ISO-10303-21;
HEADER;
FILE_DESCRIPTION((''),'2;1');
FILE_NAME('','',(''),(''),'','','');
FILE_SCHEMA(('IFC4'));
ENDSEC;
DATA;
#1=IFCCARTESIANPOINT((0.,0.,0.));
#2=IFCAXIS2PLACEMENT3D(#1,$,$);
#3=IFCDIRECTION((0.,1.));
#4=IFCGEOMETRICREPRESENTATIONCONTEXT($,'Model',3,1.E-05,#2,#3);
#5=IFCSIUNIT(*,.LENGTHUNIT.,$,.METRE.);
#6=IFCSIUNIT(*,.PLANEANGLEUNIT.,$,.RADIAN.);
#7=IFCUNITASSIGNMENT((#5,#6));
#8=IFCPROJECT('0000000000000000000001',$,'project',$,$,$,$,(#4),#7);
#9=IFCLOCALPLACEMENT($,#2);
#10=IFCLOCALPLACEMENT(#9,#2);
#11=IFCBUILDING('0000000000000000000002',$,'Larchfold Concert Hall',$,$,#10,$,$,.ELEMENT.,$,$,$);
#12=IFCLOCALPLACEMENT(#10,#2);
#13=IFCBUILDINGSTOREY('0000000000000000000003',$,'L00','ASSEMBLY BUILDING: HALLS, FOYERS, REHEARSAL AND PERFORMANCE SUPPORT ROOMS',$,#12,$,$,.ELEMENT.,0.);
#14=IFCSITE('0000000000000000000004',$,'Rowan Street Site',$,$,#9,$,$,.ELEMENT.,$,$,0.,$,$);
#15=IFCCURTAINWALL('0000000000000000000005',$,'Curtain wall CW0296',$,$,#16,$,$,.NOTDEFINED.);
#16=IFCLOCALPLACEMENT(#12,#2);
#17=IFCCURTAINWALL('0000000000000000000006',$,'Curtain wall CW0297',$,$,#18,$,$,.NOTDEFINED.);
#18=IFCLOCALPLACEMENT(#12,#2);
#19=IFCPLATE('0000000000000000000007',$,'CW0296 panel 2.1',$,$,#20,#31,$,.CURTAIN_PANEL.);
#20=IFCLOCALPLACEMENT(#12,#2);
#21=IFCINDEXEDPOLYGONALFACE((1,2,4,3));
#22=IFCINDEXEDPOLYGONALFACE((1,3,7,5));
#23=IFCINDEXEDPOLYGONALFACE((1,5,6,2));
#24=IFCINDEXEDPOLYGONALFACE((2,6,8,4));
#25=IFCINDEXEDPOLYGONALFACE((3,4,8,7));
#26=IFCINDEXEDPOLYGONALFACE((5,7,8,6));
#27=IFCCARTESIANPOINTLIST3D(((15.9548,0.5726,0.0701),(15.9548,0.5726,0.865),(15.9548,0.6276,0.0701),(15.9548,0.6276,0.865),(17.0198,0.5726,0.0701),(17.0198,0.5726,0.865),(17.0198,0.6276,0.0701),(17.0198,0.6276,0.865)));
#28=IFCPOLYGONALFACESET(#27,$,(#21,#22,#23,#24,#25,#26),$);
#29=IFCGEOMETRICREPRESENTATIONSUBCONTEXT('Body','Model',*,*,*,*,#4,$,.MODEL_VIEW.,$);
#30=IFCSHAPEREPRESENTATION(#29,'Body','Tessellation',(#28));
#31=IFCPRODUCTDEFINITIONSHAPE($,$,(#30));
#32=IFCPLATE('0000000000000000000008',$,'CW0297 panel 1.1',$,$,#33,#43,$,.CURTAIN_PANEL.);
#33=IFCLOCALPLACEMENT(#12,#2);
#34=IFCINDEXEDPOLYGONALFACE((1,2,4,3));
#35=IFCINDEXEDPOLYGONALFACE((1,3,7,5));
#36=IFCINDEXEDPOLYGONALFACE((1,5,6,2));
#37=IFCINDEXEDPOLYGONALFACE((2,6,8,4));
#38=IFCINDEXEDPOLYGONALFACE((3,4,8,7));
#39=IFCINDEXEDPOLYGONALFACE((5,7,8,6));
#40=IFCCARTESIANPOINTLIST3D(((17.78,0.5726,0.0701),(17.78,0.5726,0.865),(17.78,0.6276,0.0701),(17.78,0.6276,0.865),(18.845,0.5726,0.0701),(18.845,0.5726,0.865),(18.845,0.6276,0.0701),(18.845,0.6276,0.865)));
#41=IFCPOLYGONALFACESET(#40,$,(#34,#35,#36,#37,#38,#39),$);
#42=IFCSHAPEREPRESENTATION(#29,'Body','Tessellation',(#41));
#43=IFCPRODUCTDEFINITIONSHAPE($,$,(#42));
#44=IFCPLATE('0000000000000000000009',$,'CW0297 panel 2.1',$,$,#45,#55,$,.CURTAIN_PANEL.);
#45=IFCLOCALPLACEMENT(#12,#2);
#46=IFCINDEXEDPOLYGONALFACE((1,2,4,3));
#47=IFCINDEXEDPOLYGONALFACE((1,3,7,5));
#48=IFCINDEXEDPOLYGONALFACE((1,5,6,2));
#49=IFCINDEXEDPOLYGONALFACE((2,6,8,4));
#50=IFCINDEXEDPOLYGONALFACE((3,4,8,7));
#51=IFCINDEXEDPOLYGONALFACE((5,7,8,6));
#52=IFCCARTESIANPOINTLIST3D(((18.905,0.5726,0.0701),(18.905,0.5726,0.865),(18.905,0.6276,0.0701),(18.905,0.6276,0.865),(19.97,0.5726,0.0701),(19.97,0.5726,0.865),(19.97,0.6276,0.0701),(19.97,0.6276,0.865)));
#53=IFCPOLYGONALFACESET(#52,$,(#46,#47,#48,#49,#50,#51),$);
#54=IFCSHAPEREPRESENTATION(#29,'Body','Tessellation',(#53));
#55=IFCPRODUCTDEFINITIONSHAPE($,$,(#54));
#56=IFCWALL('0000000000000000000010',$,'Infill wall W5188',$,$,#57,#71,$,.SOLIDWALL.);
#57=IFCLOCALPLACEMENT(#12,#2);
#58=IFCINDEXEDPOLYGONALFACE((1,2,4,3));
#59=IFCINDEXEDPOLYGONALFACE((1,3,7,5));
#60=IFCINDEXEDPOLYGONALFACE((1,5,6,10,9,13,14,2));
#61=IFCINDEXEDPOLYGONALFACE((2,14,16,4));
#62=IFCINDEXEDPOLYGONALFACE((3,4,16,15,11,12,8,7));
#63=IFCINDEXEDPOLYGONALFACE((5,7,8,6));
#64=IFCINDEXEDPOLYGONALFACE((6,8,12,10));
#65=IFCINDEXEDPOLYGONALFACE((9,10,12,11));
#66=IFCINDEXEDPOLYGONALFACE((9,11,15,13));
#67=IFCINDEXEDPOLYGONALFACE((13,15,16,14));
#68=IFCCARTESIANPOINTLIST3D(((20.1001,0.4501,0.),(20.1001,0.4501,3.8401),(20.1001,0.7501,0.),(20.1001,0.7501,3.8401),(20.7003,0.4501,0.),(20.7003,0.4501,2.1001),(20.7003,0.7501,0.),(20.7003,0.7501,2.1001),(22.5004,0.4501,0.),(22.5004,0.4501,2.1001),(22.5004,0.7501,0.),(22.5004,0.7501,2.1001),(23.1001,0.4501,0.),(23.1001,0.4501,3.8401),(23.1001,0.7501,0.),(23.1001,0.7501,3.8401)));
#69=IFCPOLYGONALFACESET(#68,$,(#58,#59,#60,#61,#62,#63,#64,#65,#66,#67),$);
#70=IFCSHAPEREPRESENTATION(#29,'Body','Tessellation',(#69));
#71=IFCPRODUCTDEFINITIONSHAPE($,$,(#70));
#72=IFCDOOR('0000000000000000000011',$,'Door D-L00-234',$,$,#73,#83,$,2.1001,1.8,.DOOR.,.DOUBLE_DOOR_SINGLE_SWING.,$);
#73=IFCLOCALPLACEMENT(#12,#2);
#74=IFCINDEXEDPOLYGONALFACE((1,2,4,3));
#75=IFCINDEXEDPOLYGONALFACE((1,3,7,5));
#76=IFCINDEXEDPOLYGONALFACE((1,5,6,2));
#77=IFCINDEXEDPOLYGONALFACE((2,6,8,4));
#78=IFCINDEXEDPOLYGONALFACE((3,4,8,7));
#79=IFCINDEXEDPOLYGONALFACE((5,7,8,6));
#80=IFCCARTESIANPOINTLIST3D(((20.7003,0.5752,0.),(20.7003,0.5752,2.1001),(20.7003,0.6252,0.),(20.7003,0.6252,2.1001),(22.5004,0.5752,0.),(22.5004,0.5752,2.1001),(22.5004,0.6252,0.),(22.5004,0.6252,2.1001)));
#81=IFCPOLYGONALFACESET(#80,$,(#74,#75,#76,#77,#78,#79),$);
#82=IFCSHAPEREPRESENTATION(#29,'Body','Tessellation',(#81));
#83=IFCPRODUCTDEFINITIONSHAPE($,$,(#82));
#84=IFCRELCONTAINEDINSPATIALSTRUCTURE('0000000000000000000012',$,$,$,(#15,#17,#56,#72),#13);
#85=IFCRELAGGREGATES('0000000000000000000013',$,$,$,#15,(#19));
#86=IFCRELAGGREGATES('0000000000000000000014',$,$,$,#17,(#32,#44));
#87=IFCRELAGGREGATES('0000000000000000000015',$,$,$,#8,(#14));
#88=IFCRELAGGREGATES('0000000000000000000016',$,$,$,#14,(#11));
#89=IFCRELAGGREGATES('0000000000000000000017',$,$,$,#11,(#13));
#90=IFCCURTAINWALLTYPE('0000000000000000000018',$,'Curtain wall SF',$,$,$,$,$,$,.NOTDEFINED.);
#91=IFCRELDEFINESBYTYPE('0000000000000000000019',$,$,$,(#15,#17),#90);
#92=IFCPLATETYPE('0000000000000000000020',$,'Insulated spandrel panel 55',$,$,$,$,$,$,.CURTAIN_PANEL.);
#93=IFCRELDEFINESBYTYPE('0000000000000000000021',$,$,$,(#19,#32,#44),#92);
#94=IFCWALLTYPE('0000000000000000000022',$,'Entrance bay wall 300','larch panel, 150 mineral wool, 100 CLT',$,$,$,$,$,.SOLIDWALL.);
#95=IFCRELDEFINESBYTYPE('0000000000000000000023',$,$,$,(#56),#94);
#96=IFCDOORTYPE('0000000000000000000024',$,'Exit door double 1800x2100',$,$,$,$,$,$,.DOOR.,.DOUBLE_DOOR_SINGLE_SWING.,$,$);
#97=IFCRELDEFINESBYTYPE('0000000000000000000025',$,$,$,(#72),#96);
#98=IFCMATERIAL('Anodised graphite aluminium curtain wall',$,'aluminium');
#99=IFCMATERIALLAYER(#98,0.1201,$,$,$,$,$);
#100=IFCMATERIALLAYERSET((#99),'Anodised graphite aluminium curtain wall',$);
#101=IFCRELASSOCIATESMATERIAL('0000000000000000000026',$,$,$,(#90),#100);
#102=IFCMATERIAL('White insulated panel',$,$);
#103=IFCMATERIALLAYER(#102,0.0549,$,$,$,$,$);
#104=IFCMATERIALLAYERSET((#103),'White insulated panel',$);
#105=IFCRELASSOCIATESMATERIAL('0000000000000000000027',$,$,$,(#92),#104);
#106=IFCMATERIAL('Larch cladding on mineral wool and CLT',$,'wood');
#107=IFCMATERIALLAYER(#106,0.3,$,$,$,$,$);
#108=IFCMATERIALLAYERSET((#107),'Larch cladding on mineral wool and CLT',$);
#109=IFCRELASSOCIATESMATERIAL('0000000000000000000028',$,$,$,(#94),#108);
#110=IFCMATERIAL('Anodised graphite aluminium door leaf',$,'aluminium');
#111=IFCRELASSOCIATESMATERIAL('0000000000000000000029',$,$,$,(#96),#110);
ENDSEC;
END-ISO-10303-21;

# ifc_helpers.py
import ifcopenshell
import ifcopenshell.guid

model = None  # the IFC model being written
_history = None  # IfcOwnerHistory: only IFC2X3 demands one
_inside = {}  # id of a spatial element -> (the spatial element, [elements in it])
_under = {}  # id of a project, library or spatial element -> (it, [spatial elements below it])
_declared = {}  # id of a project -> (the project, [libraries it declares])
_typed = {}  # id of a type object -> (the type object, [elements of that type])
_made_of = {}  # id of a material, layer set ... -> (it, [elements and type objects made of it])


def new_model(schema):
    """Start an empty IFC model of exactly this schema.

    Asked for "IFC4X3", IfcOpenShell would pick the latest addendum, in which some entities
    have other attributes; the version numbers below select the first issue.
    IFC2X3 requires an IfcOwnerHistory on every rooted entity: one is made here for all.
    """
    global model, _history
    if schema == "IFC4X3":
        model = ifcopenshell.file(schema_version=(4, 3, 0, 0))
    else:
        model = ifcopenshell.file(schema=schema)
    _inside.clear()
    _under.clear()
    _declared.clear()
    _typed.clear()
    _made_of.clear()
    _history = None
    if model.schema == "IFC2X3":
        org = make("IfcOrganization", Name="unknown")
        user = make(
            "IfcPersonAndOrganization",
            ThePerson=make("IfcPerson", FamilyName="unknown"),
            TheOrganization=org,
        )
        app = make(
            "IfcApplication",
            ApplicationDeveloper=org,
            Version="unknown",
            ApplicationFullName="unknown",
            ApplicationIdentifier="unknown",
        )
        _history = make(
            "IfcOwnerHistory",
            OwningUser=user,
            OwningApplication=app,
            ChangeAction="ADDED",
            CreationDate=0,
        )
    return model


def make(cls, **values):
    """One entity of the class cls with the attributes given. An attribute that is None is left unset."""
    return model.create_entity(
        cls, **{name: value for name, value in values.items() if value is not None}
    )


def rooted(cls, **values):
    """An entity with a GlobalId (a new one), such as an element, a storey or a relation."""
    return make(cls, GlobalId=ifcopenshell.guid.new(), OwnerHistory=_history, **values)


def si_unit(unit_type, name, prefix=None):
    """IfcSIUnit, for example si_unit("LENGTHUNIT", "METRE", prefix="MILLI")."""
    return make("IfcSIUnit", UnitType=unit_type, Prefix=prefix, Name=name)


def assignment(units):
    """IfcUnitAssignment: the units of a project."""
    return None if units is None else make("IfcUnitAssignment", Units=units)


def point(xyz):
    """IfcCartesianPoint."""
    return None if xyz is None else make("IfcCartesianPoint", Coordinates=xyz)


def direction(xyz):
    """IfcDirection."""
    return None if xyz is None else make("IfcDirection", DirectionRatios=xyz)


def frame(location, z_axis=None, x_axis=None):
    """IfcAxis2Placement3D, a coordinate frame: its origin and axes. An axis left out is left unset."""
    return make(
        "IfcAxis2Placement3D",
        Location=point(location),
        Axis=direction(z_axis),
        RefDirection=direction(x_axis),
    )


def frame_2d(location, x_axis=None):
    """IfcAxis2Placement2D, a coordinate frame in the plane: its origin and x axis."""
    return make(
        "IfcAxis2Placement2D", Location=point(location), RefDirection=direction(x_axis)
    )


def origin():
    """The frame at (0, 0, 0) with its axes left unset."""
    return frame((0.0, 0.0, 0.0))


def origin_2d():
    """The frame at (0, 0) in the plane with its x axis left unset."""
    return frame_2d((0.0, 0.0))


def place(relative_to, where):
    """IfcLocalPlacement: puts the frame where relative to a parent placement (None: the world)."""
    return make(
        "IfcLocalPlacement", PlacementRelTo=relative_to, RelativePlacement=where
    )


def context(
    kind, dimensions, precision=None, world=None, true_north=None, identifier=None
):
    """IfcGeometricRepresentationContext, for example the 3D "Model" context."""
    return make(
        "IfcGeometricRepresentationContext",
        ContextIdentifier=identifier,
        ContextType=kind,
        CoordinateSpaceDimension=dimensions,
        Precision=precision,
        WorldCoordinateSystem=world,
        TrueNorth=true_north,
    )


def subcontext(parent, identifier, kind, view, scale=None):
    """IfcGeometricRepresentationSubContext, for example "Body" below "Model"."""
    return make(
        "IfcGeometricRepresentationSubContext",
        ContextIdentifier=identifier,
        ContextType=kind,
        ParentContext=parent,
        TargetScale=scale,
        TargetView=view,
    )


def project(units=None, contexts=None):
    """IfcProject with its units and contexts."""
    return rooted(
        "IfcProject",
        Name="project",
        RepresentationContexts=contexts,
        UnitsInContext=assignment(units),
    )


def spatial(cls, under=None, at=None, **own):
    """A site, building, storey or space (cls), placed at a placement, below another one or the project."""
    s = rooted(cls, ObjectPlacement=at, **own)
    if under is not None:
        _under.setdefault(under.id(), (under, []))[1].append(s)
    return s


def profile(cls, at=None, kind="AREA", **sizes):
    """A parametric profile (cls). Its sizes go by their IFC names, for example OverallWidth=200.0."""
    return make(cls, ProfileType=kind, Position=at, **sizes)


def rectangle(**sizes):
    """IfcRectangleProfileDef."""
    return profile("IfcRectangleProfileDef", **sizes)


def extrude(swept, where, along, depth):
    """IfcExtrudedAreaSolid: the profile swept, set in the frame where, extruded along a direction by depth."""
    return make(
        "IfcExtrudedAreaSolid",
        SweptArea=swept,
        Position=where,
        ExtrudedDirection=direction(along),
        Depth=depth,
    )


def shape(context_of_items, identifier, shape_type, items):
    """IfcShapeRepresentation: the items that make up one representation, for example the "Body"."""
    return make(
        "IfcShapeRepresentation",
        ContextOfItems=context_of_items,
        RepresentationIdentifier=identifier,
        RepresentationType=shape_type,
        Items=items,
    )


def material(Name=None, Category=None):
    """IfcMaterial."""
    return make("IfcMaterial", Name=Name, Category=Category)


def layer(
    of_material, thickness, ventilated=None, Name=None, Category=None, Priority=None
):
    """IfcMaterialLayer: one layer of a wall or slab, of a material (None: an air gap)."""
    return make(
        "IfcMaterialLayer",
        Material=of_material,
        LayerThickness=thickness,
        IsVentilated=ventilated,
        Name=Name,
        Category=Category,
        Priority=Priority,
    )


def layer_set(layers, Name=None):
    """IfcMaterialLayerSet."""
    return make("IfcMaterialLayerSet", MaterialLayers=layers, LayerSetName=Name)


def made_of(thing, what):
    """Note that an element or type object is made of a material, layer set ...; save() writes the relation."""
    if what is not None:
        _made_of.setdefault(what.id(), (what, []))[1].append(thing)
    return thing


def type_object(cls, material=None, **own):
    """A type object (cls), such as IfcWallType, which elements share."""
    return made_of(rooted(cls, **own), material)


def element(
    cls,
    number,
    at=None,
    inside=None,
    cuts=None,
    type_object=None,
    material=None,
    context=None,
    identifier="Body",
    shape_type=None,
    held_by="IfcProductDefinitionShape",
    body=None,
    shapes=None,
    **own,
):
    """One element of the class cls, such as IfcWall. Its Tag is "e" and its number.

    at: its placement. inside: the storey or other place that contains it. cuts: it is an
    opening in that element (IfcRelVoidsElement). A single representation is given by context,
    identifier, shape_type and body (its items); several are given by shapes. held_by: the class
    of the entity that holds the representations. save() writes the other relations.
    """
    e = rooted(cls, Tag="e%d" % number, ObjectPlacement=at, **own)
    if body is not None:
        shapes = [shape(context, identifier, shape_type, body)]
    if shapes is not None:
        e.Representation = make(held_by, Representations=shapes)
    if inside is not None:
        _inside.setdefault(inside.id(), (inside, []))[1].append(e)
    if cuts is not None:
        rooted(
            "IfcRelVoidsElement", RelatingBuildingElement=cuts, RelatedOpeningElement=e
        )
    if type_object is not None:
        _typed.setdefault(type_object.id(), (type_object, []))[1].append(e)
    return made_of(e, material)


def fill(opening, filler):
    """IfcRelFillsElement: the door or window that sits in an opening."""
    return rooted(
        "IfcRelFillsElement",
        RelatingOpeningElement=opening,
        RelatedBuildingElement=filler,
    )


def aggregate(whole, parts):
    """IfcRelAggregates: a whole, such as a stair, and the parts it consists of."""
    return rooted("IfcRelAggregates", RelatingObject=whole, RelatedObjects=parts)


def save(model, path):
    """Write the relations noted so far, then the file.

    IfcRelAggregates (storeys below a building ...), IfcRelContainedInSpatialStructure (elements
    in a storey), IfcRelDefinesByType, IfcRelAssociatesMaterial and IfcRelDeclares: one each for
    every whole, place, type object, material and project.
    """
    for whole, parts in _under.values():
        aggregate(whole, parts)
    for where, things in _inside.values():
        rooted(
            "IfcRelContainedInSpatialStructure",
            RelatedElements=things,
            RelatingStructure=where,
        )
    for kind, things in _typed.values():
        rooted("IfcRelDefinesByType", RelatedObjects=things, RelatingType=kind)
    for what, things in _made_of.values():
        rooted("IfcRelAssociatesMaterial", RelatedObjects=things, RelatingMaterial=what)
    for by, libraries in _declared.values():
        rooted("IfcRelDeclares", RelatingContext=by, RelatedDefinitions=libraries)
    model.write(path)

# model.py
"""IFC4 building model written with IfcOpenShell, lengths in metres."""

from ifc_helpers import new_model, si_unit, direction, frame, frame_2d, origin, origin_2d, place, context, subcontext, project, spatial, rectangle, extrude, material, layer, layer_set, type_object, element, fill, aggregate, save


model = new_model("IFC4")

# Units and contexts
model_context = context("Model", 3, precision=1e-05, world=origin(), true_north=direction((0.0, 1.0)))
body_context = subcontext(model_context, "Body", "Model", "MODEL_VIEW")
ifc_project = project(units=[si_unit("LENGTHUNIT", "METRE"), si_unit("PLANEANGLEUNIT", "RADIAN")], contexts=[model_context])

# Site, building, storey
site_placement = place(None, origin())
site = spatial("IfcSite", under=ifc_project, at=site_placement, Name="Rowan Street Site", CompositionType="ELEMENT", RefElevation=0.0)
building_placement = place(site_placement, origin())
building = spatial("IfcBuilding", under=site, at=building_placement, Name="Larchfold Concert Hall", CompositionType="ELEMENT")
storey_placement = place(building_placement, origin())
storey = spatial("IfcBuildingStorey", under=building, at=storey_placement, Name="L00", Description="ASSEMBLY BUILDING: HALLS, FOYERS, REHEARSAL AND PERFORMANCE SUPPORT ROOMS", CompositionType="ELEMENT", Elevation=0.0)

# Curtain walls
ifc_material_1 = material(Name="Anodised graphite aluminium curtain wall", Category="aluminium")
ifc_layer_1 = layer(ifc_material_1, 0.1201)
ifc_layer_set_1 = layer_set([ifc_layer_1], Name="Anodised graphite aluminium curtain wall")
curtain_wall_type = type_object("IfcCurtainWallType", Name="Curtain wall SF", PredefinedType="NOTDEFINED", material=ifc_layer_set_1)
curtain_wall_1_placement = place(storey_placement, origin())
curtain_wall_1 = element("IfcCurtainWall", 1, at=curtain_wall_1_placement, inside=storey, type_object=curtain_wall_type, Name="Curtain wall CW0296", PredefinedType="NOTDEFINED")
curtain_wall_2_placement = place(storey_placement, origin())
curtain_wall_2 = element("IfcCurtainWall", 2, at=curtain_wall_2_placement, inside=storey, type_object=curtain_wall_type, Name="Curtain wall CW0297", PredefinedType="NOTDEFINED")

# Plates
ifc_material_2 = material(Name="White insulated panel")
ifc_layer_2 = layer(ifc_material_2, 0.0549)
ifc_layer_set_2 = layer_set([ifc_layer_2], Name="White insulated panel")
plate_type_1 = type_object("IfcPlateType", Name="Insulated spandrel panel 55", PredefinedType="CURTAIN_PANEL", material=ifc_layer_set_2)
plate_1_placement = place(storey_placement, frame((16.4873, 0.6001, 0.0701), z_axis=(0.0, 0.0, 1.0), x_axis=(1.0, 0.0, 0.0)))
plate_1 = element("IfcPlate", 3, at=plate_1_placement, type_object=plate_type_1, Name="CW0296 panel 2.1", PredefinedType="CURTAIN_PANEL", context=body_context, shape_type="SweptSolid", body=[
    extrude(rectangle(XDim=1.0649, YDim=0.0549, at=origin_2d()), origin(), (0.0, 0.0, 1.0), 0.7949),
])
aggregate(curtain_wall_1, [plate_1])
plate_2_placement = place(storey_placement, frame((18.3125, 0.6001, 0.0701), z_axis=(0.0, 0.0, 1.0), x_axis=(1.0, 0.0, 0.0)))
plate_2 = element("IfcPlate", 4, at=plate_2_placement, type_object=plate_type_1, Name="CW0297 panel 1.1", PredefinedType="CURTAIN_PANEL", context=body_context, shape_type="SweptSolid", body=[
    extrude(rectangle(XDim=1.0649, YDim=0.0549, at=origin_2d()), origin(), (0.0, 0.0, 1.0), 0.7949),
])
plate_3_placement = place(storey_placement, frame((19.4375, 0.6001, 0.0701), z_axis=(0.0, 0.0, 1.0), x_axis=(1.0, 0.0, 0.0)))
plate_3 = element("IfcPlate", 5, at=plate_3_placement, type_object=plate_type_1, Name="CW0297 panel 2.1", PredefinedType="CURTAIN_PANEL", context=body_context, shape_type="SweptSolid", body=[
    extrude(rectangle(XDim=1.0649, YDim=0.0549, at=origin_2d()), origin(), (0.0, 0.0, 1.0), 0.7949),
])
aggregate(curtain_wall_2, [plate_2, plate_3])

# Wall, opening, door
ifc_material_3 = material(Name="Larch cladding on mineral wool and CLT", Category="wood")
ifc_layer_3 = layer(ifc_material_3, 0.3)
ifc_layer_set_3 = layer_set([ifc_layer_3], Name="Larch cladding on mineral wool and CLT")
wall_type = type_object("IfcWallType", Name="Entrance bay wall 300", Description="larch panel, 150 mineral wool, 100 CLT", PredefinedType="SOLIDWALL", material=ifc_layer_set_3)
wall_placement = place(storey_placement, frame((20.1001, 0.6001, 0.0), z_axis=(0.0, 0.0, 1.0), x_axis=(1.0, 0.0, 0.0)))
wall = element("IfcWall", 6, at=wall_placement, inside=storey, type_object=wall_type, Name="Infill wall W5188", PredefinedType="SOLIDWALL", context=body_context, shape_type="SweptSolid", body=[
    extrude(rectangle(XDim=3.0, YDim=0.3, at=frame_2d((1.5, 0.0))), origin(), (0.0, 0.0, 1.0), 3.8401),
])
opening_placement = place(wall_placement, frame((2.4001, 0.0, 0.0), z_axis=(0.0, 0.0, 1.0), x_axis=(-1.0, 0.0, 0.0)))
opening = element("IfcOpeningElement", 7, at=opening_placement, cuts=wall, PredefinedType="OPENING", context=body_context, shape_type="SweptSolid", body=[
    extrude(rectangle(XDim=1.8, YDim=2.1001, at=frame_2d((0.8999, 1.05))), frame((0.0, 0.1602, 0.0), z_axis=(0.0, -1.0, 0.0), x_axis=(1.0, 0.0, 0.0)), (0.0, 0.0, 1.0), 0.3201),
])
ifc_material_4 = material(Name="Anodised graphite aluminium door leaf", Category="aluminium")
door_type = type_object("IfcDoorType", Name="Exit door double 1800x2100", OperationType="DOUBLE_DOOR_SINGLE_SWING", PredefinedType="DOOR", material=ifc_material_4)
door_placement = place(opening_placement, origin())
door = element("IfcDoor", 8, at=door_placement, inside=storey, type_object=door_type, Name="Door D-L00-234", OperationType="DOUBLE_DOOR_SINGLE_SWING", OverallHeight=2.1001, OverallWidth=1.8, PredefinedType="DOOR", context=body_context, shape_type="SweptSolid", body=[
    extrude(rectangle(XDim=1.8, YDim=2.1001, at=frame_2d((0.8999, 1.05))), frame((0.0, 0.0249, 0.0), z_axis=(0.0, -1.0, 0.0), x_axis=(1.0, 0.0, 0.0)), (0.0, 0.0, 1.0), 0.05),
])
fill(opening, door)

save(model, "model.ifc")
